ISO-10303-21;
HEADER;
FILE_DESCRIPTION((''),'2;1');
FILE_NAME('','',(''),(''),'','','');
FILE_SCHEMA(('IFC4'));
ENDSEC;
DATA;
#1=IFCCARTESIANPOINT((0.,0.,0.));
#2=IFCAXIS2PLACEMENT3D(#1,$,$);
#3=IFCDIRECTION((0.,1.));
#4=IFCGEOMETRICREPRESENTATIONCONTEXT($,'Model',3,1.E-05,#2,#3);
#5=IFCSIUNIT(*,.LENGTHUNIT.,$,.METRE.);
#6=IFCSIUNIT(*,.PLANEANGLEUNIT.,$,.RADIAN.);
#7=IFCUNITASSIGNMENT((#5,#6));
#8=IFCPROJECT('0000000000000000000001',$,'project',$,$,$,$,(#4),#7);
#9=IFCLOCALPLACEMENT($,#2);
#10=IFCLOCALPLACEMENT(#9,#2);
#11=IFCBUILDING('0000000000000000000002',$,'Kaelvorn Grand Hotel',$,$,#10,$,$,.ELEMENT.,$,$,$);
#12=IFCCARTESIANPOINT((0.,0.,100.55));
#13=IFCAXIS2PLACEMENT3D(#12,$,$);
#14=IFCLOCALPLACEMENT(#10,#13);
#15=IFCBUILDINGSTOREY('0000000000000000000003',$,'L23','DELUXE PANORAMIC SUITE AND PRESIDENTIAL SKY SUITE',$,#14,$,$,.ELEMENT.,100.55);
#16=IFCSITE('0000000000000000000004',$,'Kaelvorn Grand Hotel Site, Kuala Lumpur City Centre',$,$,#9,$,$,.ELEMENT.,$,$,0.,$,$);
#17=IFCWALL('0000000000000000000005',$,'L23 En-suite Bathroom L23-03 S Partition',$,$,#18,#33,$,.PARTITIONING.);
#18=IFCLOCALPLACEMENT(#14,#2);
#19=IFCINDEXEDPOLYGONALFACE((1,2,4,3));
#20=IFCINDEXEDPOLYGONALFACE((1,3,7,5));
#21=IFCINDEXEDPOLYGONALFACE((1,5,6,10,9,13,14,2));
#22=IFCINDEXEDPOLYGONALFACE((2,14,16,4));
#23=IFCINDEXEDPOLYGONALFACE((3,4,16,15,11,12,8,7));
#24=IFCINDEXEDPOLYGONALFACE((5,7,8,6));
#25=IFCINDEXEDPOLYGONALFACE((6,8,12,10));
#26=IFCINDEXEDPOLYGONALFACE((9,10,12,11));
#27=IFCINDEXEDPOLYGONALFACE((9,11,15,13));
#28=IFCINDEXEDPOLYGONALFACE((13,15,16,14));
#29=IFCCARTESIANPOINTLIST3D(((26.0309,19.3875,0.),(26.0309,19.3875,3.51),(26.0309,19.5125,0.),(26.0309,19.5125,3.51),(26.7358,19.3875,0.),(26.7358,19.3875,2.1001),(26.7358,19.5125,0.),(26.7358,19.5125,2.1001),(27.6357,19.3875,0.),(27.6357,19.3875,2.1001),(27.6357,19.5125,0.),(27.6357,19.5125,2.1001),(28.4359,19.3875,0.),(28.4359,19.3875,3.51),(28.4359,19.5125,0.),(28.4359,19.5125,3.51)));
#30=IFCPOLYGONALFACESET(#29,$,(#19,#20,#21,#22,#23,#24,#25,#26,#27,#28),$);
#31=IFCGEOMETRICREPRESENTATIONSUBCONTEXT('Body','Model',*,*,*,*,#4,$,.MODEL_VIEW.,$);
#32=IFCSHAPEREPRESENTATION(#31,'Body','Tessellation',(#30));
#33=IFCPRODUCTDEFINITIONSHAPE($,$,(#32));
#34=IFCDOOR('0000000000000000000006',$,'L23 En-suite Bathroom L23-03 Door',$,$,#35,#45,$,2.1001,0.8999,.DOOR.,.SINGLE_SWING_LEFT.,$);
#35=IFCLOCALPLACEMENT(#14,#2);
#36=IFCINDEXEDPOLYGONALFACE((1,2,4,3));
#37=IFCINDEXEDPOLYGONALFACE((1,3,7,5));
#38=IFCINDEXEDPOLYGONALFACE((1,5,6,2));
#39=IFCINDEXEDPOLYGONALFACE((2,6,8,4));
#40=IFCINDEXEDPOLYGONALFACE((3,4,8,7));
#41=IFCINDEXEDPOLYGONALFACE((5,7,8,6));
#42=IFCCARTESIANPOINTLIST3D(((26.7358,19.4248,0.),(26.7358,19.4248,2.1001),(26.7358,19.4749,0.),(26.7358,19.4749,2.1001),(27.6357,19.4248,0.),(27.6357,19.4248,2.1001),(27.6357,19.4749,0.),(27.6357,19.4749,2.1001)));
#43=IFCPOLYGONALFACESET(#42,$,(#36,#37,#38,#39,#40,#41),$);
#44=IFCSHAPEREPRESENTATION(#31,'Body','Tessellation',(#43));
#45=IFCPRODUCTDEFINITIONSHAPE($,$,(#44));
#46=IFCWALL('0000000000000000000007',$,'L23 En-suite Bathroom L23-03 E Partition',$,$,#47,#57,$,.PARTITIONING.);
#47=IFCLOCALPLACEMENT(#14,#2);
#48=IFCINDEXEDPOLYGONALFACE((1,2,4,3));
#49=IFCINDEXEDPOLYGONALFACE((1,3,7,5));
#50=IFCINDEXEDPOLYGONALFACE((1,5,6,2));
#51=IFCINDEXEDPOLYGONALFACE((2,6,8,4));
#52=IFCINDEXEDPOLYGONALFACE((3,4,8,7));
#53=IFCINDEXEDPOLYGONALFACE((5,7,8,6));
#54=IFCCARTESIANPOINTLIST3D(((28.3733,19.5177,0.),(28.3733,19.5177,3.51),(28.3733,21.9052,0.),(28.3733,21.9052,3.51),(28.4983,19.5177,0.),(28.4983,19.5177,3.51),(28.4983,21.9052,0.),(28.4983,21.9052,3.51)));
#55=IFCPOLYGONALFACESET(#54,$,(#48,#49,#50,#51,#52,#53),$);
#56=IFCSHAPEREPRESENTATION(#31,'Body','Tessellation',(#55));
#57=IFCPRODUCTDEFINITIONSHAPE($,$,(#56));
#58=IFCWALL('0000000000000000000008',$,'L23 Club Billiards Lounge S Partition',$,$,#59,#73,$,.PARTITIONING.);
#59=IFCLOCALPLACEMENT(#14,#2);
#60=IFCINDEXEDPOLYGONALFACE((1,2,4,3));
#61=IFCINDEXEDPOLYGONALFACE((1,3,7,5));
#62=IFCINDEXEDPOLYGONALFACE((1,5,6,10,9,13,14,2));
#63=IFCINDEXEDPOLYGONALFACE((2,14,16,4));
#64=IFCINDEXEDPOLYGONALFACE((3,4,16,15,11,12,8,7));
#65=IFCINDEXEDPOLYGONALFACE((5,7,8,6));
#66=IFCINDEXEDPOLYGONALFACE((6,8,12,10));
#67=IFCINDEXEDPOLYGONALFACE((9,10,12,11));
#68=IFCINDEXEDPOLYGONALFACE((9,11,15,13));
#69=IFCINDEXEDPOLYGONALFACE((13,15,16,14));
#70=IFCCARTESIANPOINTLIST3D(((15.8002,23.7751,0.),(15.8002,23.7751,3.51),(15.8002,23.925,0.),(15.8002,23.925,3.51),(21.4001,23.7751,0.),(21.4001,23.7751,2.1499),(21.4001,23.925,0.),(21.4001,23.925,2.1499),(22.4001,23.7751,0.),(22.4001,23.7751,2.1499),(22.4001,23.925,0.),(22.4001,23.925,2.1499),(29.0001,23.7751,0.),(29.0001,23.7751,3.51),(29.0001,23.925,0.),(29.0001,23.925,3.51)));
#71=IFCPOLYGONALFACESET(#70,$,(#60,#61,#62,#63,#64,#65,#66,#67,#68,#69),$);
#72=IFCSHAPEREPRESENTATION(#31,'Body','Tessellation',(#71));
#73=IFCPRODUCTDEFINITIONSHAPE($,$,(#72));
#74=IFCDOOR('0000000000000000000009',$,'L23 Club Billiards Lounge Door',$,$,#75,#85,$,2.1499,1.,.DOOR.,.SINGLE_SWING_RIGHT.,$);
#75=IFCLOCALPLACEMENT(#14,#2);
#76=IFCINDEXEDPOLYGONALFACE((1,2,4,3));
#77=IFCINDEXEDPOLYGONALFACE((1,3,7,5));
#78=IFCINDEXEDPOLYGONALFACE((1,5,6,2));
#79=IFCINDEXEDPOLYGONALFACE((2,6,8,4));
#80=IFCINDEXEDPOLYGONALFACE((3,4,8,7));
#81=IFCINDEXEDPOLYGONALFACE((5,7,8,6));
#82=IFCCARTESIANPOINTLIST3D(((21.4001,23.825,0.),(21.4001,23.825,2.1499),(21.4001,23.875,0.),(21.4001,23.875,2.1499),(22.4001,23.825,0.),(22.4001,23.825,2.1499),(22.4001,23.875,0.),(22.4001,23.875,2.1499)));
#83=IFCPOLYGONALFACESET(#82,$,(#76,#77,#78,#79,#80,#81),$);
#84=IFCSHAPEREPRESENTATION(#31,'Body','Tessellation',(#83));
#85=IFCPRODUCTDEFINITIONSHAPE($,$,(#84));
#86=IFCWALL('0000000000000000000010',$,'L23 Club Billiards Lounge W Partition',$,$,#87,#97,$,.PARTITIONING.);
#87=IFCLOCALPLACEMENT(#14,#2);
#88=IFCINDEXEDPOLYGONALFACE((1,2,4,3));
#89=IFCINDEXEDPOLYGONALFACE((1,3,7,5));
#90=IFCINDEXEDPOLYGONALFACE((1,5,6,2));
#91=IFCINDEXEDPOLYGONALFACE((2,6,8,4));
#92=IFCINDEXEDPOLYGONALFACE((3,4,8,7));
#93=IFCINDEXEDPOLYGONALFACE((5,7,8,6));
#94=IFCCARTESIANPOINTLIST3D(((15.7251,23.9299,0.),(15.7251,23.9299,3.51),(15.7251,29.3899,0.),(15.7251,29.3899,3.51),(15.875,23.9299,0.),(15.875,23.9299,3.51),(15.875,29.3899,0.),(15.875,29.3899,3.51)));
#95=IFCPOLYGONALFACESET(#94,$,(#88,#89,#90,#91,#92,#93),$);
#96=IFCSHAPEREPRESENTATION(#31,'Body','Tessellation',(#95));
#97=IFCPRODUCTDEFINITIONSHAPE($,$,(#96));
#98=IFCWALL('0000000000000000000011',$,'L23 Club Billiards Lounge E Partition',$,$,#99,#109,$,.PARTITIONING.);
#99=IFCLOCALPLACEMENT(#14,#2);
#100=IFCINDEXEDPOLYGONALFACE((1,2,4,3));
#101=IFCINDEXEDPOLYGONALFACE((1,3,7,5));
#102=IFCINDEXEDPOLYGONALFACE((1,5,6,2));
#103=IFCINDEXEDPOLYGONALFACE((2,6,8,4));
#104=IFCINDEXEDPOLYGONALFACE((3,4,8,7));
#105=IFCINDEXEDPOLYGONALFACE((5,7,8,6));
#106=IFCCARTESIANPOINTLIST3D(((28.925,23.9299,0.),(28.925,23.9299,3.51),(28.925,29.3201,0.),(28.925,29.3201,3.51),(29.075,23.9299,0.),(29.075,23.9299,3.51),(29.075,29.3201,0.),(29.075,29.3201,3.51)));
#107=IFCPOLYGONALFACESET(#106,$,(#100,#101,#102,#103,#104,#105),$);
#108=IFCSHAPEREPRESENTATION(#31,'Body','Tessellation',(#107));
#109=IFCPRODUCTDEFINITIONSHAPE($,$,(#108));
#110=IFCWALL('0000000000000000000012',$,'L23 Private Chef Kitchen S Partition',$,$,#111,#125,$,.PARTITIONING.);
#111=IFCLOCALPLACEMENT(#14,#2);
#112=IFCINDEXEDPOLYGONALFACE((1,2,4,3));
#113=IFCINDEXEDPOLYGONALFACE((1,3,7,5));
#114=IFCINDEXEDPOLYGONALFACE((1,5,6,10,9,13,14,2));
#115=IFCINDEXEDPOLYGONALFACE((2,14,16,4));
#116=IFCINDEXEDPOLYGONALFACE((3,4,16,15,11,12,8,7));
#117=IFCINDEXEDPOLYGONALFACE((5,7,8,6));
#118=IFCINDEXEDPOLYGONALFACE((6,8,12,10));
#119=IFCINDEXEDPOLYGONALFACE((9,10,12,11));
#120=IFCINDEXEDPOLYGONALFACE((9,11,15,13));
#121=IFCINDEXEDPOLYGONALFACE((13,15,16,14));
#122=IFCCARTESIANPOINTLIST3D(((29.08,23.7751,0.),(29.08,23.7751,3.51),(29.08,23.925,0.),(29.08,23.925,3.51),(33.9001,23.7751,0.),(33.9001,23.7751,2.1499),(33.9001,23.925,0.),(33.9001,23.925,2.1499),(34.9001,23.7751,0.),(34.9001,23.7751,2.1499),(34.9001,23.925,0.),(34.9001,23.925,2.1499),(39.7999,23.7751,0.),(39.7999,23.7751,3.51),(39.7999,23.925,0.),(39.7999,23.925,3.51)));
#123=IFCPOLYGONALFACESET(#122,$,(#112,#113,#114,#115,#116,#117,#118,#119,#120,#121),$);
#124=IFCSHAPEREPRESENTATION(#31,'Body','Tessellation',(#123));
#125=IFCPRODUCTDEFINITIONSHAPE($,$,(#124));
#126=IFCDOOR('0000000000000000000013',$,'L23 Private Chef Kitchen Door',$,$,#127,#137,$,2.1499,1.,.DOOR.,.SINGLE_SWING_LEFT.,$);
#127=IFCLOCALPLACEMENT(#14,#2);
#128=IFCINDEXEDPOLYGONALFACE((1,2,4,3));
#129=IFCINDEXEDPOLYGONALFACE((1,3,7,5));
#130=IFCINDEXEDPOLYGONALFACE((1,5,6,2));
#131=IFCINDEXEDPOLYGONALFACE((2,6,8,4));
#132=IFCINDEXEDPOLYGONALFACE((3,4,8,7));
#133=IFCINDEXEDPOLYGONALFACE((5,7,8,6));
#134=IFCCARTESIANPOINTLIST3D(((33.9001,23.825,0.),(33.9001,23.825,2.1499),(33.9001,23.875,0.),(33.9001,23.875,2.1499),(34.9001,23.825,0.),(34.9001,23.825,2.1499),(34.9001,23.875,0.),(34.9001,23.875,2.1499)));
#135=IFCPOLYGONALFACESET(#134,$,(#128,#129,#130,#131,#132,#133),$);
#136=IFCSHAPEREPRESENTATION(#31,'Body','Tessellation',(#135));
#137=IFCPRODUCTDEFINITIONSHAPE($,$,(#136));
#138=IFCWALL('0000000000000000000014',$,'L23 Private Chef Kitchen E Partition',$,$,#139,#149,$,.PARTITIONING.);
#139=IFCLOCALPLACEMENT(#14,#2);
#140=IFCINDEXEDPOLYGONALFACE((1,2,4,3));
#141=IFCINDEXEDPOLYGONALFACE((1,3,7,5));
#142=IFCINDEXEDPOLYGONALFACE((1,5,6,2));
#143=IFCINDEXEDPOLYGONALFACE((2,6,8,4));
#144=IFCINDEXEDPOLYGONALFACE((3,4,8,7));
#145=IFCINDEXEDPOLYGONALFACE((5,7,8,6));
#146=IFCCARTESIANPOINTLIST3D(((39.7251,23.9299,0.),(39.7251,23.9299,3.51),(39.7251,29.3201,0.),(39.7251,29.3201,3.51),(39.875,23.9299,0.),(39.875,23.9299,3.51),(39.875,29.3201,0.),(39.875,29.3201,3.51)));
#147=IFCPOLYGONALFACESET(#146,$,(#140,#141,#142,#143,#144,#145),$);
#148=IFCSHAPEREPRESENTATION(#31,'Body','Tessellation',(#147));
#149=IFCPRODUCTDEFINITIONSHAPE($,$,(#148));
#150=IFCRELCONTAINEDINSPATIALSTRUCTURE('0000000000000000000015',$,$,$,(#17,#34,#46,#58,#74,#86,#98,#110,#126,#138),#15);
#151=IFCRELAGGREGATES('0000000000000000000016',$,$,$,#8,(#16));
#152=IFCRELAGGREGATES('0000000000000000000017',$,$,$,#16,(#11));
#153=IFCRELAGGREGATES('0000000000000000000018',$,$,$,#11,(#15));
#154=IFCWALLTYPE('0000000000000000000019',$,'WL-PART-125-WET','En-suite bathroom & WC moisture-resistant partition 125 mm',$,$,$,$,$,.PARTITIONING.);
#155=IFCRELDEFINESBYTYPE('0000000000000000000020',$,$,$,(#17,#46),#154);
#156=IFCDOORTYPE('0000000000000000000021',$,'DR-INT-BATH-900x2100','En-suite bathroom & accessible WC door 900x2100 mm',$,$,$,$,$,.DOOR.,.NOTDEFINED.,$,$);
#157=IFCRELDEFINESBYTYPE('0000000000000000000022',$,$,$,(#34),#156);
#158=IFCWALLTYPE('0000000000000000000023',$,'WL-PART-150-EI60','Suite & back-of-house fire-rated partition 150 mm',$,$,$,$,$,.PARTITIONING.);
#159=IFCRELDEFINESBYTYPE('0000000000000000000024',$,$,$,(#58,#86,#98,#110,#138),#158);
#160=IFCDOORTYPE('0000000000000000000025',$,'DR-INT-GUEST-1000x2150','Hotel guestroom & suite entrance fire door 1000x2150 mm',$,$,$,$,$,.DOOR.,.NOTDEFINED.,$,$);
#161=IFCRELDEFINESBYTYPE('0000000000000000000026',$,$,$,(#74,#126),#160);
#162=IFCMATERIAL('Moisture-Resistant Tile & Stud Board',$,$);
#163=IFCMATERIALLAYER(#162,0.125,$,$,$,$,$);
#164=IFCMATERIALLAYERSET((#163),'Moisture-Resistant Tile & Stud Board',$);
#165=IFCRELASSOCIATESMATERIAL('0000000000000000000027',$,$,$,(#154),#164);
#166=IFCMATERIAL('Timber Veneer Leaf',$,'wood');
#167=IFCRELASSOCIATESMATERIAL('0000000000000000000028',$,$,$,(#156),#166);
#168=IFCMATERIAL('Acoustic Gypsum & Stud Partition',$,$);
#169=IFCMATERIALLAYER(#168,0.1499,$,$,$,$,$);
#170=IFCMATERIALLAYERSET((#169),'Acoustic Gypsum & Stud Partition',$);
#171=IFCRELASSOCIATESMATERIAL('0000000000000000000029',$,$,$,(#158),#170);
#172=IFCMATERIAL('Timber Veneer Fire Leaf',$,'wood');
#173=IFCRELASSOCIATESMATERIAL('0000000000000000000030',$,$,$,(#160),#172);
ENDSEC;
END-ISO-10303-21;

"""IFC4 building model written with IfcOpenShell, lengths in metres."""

from ifc_helpers import new_model, si_unit, direction, frame, frame_2d, origin, place, context, subcontext, project, spatial, rectangle, extrude, material, layer, layer_set, type_object, element, fill, save


model = new_model("IFC4")

# Units and contexts
model_context = context("Model", 3, precision=1e-05, world=origin(), true_north=direction((0.0, 1.0)))
body_context = subcontext(model_context, "Body", "Model", "MODEL_VIEW")
ifc_project = project(units=[si_unit("LENGTHUNIT", "METRE"), si_unit("PLANEANGLEUNIT", "RADIAN")], contexts=[model_context])

# Site, building, storey
site_placement = place(None, origin())
site = spatial("IfcSite", under=ifc_project, at=site_placement, Name="Kaelvorn Grand Hotel Site, Kuala Lumpur City Centre", CompositionType="ELEMENT", RefElevation=0.0)
building_placement = place(site_placement, origin())
building = spatial("IfcBuilding", under=site, at=building_placement, Name="Kaelvorn Grand Hotel", CompositionType="ELEMENT")
storey_placement = place(building_placement, frame((0.0, 0.0, 100.55)))
storey = spatial("IfcBuildingStorey", under=building, at=storey_placement, Name="L23", Description="DELUXE PANORAMIC SUITE AND PRESIDENTIAL SKY SUITE", CompositionType="ELEMENT", Elevation=100.55)

# Shared definitions
ifc_material_1 = material(Name="Moisture-Resistant Tile & Stud Board")
ifc_layer_1 = layer(ifc_material_1, 0.125)
ifc_layer_set_1 = layer_set([ifc_layer_1], Name="Moisture-Resistant Tile & Stud Board")
wall_type_1 = type_object("IfcWallType", Name="WL-PART-125-WET", Description="En-suite bathroom & WC moisture-resistant partition 125 mm", PredefinedType="PARTITIONING", material=ifc_layer_set_1)
ifc_material_2 = material(Name="Timber Veneer Leaf", Category="wood")
door_type_1 = type_object("IfcDoorType", Name="DR-INT-BATH-900x2100", Description="En-suite bathroom & accessible WC door 900x2100 mm", OperationType="NOTDEFINED", PredefinedType="DOOR", material=ifc_material_2)

# Wall, opening, door
wall_1_placement = place(storey_placement, frame((26.0308, 19.45, 0.0), z_axis=(0.0, 0.0, 1.0), x_axis=(1.0, 0.0, 0.0)))
wall_1 = element("IfcWall", 1, at=wall_1_placement, inside=storey, type_object=wall_type_1, Name="L23 En-suite Bathroom L23-03 S Partition", PredefinedType="PARTITIONING", context=body_context, shape_type="SweptSolid", body=[
    extrude(rectangle(XDim=2.405, YDim=0.125, at=frame_2d((1.2026, 0.0))), origin(), (0.0, 0.0, 1.0), 3.51),
])
opening_1_placement = place(wall_1_placement, frame((0.7051, 0.0, 0.0)))
opening_1 = element("IfcOpeningElement", 2, at=opening_1_placement, cuts=wall_1, PredefinedType="OPENING", context=body_context, shape_type="SweptSolid", body=[
    extrude(rectangle(XDim=0.8999, YDim=2.1001, at=frame_2d((0.45, 1.05))), frame((0.0, 0.0725, 0.0), z_axis=(0.0, -1.0, 0.0), x_axis=(1.0, 0.0, 0.0)), (0.0, 0.0, 1.0), 0.145),
])
door_1_placement = place(opening_1_placement, origin())
door_1 = element("IfcDoor", 3, at=door_1_placement, inside=storey, type_object=door_type_1, Name="L23 En-suite Bathroom L23-03 Door", OperationType="SINGLE_SWING_LEFT", OverallHeight=2.1001, OverallWidth=0.8999, PredefinedType="DOOR", context=body_context, shape_type="SweptSolid", body=[
    extrude(rectangle(XDim=0.8999, YDim=2.1001, at=frame_2d((0.45, 1.05))), frame((0.0, 0.0249, 0.0), z_axis=(0.0, -1.0, 0.0), x_axis=(1.0, 0.0, 0.0)), (0.0, 0.0, 1.0), 0.05),
])
fill(opening_1, door_1)

# Wall
wall_2_placement = place(storey_placement, frame((28.4358, 19.5176, 0.0), z_axis=(0.0, 0.0, 1.0), x_axis=(0.0, 1.0, 0.0)))
element("IfcWall", 4, at=wall_2_placement, inside=storey, type_object=wall_type_1, Name="L23 En-suite Bathroom L23-03 E Partition", PredefinedType="PARTITIONING", context=body_context, shape_type="SweptSolid", body=[
    extrude(rectangle(XDim=2.3875, YDim=0.125, at=frame_2d((1.1938, 0.0))), origin(), (0.0, 0.0, 1.0), 3.51),
])

# Wall, opening, door
ifc_material_3 = material(Name="Acoustic Gypsum & Stud Partition")
ifc_layer_2 = layer(ifc_material_3, 0.1499)
ifc_layer_set_2 = layer_set([ifc_layer_2], Name="Acoustic Gypsum & Stud Partition")
wall_type_2 = type_object("IfcWallType", Name="WL-PART-150-EI60", Description="Suite & back-of-house fire-rated partition 150 mm", PredefinedType="PARTITIONING", material=ifc_layer_set_2)
wall_3_placement = place(storey_placement, frame((15.8, 23.8501, 0.0), z_axis=(0.0, 0.0, 1.0), x_axis=(1.0, 0.0, 0.0)))
wall_3 = element("IfcWall", 5, at=wall_3_placement, inside=storey, type_object=wall_type_2, Name="L23 Club Billiards Lounge S Partition", PredefinedType="PARTITIONING", context=body_context, shape_type="SweptSolid", body=[
    extrude(rectangle(XDim=13.2, YDim=0.1499, at=frame_2d((6.6001, 0.0))), origin(), (0.0, 0.0, 1.0), 3.51),
])
opening_2_placement = place(wall_3_placement, frame((5.6001, 0.0, 0.0)))
opening_2 = element("IfcOpeningElement", 6, at=opening_2_placement, cuts=wall_3, PredefinedType="OPENING", context=body_context, shape_type="SweptSolid", body=[
    extrude(rectangle(XDim=1.0, YDim=2.1499, at=frame_2d((0.5, 1.075))), frame((0.0, 0.085, 0.0), z_axis=(0.0, -1.0, 0.0), x_axis=(1.0, 0.0, 0.0)), (0.0, 0.0, 1.0), 0.1699),
])
ifc_material_4 = material(Name="Timber Veneer Fire Leaf", Category="wood")
door_type_2 = type_object("IfcDoorType", Name="DR-INT-GUEST-1000x2150", Description="Hotel guestroom & suite entrance fire door 1000x2150 mm", OperationType="NOTDEFINED", PredefinedType="DOOR", material=ifc_material_4)
door_2_placement = place(opening_2_placement, origin())
door_2 = element("IfcDoor", 7, at=door_2_placement, inside=storey, type_object=door_type_2, Name="L23 Club Billiards Lounge Door", OperationType="SINGLE_SWING_RIGHT", OverallHeight=2.1499, OverallWidth=1.0, PredefinedType="DOOR", context=body_context, shape_type="SweptSolid", body=[
    extrude(rectangle(XDim=1.0, YDim=2.1499, at=frame_2d((0.5, 1.075))), frame((0.0, 0.0249, 0.0), z_axis=(0.0, -1.0, 0.0), x_axis=(1.0, 0.0, 0.0)), (0.0, 0.0, 1.0), 0.05),
])
fill(opening_2, door_2)

# Walls
wall_4_placement = place(storey_placement, frame((15.8, 23.9299, 0.0), z_axis=(0.0, 0.0, 1.0), x_axis=(0.0, 1.0, 0.0)))
element("IfcWall", 8, at=wall_4_placement, inside=storey, type_object=wall_type_2, Name="L23 Club Billiards Lounge W Partition", PredefinedType="PARTITIONING", context=body_context, shape_type="SweptSolid", body=[
    extrude(rectangle(XDim=5.46, YDim=0.1499, at=frame_2d((2.73, 0.0))), origin(), (0.0, 0.0, 1.0), 3.51),
])
wall_5_placement = place(storey_placement, frame((29.0, 23.9299, 0.0), z_axis=(0.0, 0.0, 1.0), x_axis=(0.0, 1.0, 0.0)))
element("IfcWall", 9, at=wall_5_placement, inside=storey, type_object=wall_type_2, Name="L23 Club Billiards Lounge E Partition", PredefinedType="PARTITIONING", context=body_context, shape_type="SweptSolid", body=[
    extrude(rectangle(XDim=5.3901, YDim=0.1499, at=frame_2d((2.6951, 0.0))), origin(), (0.0, 0.0, 1.0), 3.51),
])

# Wall, opening, door
wall_6_placement = place(storey_placement, frame((29.0801, 23.8501, 0.0), z_axis=(0.0, 0.0, 1.0), x_axis=(1.0, 0.0, 0.0)))
wall_6 = element("IfcWall", 10, at=wall_6_placement, inside=storey, type_object=wall_type_2, Name="L23 Private Chef Kitchen S Partition", PredefinedType="PARTITIONING", context=body_context, shape_type="SweptSolid", body=[
    extrude(rectangle(XDim=10.72, YDim=0.1499, at=frame_2d((5.3599, 0.0))), origin(), (0.0, 0.0, 1.0), 3.51),
])
opening_3_placement = place(wall_6_placement, frame((4.8201, 0.0, 0.0)))
opening_3 = element("IfcOpeningElement", 11, at=opening_3_placement, cuts=wall_6, PredefinedType="OPENING", context=body_context, shape_type="SweptSolid", body=[
    extrude(rectangle(XDim=1.0, YDim=2.1499, at=frame_2d((0.5, 1.075))), frame((0.0, 0.085, 0.0), z_axis=(0.0, -1.0, 0.0), x_axis=(1.0, 0.0, 0.0)), (0.0, 0.0, 1.0), 0.1699),
])
door_3_placement = place(opening_3_placement, origin())
door_3 = element("IfcDoor", 12, at=door_3_placement, inside=storey, type_object=door_type_2, Name="L23 Private Chef Kitchen Door", OperationType="SINGLE_SWING_LEFT", OverallHeight=2.1499, OverallWidth=1.0, PredefinedType="DOOR", context=body_context, shape_type="SweptSolid", body=[
    extrude(rectangle(XDim=1.0, YDim=2.1499, at=frame_2d((0.5, 1.075))), frame((0.0, 0.0249, 0.0), z_axis=(0.0, -1.0, 0.0), x_axis=(1.0, 0.0, 0.0)), (0.0, 0.0, 1.0), 0.05),
])
fill(opening_3, door_3)

# Wall
wall_7_placement = place(storey_placement, frame((39.8, 23.9299, 0.0), z_axis=(0.0, 0.0, 1.0), x_axis=(0.0, 1.0, 0.0)))
element("IfcWall", 13, at=wall_7_placement, inside=storey, type_object=wall_type_2, Name="L23 Private Chef Kitchen E Partition", PredefinedType="PARTITIONING", context=body_context, shape_type="SweptSolid", body=[
    extrude(rectangle(XDim=5.3901, YDim=0.1499, at=frame_2d((2.6951, 0.0))), origin(), (0.0, 0.0, 1.0), 3.51),
])

save(model, "model.ifc")
